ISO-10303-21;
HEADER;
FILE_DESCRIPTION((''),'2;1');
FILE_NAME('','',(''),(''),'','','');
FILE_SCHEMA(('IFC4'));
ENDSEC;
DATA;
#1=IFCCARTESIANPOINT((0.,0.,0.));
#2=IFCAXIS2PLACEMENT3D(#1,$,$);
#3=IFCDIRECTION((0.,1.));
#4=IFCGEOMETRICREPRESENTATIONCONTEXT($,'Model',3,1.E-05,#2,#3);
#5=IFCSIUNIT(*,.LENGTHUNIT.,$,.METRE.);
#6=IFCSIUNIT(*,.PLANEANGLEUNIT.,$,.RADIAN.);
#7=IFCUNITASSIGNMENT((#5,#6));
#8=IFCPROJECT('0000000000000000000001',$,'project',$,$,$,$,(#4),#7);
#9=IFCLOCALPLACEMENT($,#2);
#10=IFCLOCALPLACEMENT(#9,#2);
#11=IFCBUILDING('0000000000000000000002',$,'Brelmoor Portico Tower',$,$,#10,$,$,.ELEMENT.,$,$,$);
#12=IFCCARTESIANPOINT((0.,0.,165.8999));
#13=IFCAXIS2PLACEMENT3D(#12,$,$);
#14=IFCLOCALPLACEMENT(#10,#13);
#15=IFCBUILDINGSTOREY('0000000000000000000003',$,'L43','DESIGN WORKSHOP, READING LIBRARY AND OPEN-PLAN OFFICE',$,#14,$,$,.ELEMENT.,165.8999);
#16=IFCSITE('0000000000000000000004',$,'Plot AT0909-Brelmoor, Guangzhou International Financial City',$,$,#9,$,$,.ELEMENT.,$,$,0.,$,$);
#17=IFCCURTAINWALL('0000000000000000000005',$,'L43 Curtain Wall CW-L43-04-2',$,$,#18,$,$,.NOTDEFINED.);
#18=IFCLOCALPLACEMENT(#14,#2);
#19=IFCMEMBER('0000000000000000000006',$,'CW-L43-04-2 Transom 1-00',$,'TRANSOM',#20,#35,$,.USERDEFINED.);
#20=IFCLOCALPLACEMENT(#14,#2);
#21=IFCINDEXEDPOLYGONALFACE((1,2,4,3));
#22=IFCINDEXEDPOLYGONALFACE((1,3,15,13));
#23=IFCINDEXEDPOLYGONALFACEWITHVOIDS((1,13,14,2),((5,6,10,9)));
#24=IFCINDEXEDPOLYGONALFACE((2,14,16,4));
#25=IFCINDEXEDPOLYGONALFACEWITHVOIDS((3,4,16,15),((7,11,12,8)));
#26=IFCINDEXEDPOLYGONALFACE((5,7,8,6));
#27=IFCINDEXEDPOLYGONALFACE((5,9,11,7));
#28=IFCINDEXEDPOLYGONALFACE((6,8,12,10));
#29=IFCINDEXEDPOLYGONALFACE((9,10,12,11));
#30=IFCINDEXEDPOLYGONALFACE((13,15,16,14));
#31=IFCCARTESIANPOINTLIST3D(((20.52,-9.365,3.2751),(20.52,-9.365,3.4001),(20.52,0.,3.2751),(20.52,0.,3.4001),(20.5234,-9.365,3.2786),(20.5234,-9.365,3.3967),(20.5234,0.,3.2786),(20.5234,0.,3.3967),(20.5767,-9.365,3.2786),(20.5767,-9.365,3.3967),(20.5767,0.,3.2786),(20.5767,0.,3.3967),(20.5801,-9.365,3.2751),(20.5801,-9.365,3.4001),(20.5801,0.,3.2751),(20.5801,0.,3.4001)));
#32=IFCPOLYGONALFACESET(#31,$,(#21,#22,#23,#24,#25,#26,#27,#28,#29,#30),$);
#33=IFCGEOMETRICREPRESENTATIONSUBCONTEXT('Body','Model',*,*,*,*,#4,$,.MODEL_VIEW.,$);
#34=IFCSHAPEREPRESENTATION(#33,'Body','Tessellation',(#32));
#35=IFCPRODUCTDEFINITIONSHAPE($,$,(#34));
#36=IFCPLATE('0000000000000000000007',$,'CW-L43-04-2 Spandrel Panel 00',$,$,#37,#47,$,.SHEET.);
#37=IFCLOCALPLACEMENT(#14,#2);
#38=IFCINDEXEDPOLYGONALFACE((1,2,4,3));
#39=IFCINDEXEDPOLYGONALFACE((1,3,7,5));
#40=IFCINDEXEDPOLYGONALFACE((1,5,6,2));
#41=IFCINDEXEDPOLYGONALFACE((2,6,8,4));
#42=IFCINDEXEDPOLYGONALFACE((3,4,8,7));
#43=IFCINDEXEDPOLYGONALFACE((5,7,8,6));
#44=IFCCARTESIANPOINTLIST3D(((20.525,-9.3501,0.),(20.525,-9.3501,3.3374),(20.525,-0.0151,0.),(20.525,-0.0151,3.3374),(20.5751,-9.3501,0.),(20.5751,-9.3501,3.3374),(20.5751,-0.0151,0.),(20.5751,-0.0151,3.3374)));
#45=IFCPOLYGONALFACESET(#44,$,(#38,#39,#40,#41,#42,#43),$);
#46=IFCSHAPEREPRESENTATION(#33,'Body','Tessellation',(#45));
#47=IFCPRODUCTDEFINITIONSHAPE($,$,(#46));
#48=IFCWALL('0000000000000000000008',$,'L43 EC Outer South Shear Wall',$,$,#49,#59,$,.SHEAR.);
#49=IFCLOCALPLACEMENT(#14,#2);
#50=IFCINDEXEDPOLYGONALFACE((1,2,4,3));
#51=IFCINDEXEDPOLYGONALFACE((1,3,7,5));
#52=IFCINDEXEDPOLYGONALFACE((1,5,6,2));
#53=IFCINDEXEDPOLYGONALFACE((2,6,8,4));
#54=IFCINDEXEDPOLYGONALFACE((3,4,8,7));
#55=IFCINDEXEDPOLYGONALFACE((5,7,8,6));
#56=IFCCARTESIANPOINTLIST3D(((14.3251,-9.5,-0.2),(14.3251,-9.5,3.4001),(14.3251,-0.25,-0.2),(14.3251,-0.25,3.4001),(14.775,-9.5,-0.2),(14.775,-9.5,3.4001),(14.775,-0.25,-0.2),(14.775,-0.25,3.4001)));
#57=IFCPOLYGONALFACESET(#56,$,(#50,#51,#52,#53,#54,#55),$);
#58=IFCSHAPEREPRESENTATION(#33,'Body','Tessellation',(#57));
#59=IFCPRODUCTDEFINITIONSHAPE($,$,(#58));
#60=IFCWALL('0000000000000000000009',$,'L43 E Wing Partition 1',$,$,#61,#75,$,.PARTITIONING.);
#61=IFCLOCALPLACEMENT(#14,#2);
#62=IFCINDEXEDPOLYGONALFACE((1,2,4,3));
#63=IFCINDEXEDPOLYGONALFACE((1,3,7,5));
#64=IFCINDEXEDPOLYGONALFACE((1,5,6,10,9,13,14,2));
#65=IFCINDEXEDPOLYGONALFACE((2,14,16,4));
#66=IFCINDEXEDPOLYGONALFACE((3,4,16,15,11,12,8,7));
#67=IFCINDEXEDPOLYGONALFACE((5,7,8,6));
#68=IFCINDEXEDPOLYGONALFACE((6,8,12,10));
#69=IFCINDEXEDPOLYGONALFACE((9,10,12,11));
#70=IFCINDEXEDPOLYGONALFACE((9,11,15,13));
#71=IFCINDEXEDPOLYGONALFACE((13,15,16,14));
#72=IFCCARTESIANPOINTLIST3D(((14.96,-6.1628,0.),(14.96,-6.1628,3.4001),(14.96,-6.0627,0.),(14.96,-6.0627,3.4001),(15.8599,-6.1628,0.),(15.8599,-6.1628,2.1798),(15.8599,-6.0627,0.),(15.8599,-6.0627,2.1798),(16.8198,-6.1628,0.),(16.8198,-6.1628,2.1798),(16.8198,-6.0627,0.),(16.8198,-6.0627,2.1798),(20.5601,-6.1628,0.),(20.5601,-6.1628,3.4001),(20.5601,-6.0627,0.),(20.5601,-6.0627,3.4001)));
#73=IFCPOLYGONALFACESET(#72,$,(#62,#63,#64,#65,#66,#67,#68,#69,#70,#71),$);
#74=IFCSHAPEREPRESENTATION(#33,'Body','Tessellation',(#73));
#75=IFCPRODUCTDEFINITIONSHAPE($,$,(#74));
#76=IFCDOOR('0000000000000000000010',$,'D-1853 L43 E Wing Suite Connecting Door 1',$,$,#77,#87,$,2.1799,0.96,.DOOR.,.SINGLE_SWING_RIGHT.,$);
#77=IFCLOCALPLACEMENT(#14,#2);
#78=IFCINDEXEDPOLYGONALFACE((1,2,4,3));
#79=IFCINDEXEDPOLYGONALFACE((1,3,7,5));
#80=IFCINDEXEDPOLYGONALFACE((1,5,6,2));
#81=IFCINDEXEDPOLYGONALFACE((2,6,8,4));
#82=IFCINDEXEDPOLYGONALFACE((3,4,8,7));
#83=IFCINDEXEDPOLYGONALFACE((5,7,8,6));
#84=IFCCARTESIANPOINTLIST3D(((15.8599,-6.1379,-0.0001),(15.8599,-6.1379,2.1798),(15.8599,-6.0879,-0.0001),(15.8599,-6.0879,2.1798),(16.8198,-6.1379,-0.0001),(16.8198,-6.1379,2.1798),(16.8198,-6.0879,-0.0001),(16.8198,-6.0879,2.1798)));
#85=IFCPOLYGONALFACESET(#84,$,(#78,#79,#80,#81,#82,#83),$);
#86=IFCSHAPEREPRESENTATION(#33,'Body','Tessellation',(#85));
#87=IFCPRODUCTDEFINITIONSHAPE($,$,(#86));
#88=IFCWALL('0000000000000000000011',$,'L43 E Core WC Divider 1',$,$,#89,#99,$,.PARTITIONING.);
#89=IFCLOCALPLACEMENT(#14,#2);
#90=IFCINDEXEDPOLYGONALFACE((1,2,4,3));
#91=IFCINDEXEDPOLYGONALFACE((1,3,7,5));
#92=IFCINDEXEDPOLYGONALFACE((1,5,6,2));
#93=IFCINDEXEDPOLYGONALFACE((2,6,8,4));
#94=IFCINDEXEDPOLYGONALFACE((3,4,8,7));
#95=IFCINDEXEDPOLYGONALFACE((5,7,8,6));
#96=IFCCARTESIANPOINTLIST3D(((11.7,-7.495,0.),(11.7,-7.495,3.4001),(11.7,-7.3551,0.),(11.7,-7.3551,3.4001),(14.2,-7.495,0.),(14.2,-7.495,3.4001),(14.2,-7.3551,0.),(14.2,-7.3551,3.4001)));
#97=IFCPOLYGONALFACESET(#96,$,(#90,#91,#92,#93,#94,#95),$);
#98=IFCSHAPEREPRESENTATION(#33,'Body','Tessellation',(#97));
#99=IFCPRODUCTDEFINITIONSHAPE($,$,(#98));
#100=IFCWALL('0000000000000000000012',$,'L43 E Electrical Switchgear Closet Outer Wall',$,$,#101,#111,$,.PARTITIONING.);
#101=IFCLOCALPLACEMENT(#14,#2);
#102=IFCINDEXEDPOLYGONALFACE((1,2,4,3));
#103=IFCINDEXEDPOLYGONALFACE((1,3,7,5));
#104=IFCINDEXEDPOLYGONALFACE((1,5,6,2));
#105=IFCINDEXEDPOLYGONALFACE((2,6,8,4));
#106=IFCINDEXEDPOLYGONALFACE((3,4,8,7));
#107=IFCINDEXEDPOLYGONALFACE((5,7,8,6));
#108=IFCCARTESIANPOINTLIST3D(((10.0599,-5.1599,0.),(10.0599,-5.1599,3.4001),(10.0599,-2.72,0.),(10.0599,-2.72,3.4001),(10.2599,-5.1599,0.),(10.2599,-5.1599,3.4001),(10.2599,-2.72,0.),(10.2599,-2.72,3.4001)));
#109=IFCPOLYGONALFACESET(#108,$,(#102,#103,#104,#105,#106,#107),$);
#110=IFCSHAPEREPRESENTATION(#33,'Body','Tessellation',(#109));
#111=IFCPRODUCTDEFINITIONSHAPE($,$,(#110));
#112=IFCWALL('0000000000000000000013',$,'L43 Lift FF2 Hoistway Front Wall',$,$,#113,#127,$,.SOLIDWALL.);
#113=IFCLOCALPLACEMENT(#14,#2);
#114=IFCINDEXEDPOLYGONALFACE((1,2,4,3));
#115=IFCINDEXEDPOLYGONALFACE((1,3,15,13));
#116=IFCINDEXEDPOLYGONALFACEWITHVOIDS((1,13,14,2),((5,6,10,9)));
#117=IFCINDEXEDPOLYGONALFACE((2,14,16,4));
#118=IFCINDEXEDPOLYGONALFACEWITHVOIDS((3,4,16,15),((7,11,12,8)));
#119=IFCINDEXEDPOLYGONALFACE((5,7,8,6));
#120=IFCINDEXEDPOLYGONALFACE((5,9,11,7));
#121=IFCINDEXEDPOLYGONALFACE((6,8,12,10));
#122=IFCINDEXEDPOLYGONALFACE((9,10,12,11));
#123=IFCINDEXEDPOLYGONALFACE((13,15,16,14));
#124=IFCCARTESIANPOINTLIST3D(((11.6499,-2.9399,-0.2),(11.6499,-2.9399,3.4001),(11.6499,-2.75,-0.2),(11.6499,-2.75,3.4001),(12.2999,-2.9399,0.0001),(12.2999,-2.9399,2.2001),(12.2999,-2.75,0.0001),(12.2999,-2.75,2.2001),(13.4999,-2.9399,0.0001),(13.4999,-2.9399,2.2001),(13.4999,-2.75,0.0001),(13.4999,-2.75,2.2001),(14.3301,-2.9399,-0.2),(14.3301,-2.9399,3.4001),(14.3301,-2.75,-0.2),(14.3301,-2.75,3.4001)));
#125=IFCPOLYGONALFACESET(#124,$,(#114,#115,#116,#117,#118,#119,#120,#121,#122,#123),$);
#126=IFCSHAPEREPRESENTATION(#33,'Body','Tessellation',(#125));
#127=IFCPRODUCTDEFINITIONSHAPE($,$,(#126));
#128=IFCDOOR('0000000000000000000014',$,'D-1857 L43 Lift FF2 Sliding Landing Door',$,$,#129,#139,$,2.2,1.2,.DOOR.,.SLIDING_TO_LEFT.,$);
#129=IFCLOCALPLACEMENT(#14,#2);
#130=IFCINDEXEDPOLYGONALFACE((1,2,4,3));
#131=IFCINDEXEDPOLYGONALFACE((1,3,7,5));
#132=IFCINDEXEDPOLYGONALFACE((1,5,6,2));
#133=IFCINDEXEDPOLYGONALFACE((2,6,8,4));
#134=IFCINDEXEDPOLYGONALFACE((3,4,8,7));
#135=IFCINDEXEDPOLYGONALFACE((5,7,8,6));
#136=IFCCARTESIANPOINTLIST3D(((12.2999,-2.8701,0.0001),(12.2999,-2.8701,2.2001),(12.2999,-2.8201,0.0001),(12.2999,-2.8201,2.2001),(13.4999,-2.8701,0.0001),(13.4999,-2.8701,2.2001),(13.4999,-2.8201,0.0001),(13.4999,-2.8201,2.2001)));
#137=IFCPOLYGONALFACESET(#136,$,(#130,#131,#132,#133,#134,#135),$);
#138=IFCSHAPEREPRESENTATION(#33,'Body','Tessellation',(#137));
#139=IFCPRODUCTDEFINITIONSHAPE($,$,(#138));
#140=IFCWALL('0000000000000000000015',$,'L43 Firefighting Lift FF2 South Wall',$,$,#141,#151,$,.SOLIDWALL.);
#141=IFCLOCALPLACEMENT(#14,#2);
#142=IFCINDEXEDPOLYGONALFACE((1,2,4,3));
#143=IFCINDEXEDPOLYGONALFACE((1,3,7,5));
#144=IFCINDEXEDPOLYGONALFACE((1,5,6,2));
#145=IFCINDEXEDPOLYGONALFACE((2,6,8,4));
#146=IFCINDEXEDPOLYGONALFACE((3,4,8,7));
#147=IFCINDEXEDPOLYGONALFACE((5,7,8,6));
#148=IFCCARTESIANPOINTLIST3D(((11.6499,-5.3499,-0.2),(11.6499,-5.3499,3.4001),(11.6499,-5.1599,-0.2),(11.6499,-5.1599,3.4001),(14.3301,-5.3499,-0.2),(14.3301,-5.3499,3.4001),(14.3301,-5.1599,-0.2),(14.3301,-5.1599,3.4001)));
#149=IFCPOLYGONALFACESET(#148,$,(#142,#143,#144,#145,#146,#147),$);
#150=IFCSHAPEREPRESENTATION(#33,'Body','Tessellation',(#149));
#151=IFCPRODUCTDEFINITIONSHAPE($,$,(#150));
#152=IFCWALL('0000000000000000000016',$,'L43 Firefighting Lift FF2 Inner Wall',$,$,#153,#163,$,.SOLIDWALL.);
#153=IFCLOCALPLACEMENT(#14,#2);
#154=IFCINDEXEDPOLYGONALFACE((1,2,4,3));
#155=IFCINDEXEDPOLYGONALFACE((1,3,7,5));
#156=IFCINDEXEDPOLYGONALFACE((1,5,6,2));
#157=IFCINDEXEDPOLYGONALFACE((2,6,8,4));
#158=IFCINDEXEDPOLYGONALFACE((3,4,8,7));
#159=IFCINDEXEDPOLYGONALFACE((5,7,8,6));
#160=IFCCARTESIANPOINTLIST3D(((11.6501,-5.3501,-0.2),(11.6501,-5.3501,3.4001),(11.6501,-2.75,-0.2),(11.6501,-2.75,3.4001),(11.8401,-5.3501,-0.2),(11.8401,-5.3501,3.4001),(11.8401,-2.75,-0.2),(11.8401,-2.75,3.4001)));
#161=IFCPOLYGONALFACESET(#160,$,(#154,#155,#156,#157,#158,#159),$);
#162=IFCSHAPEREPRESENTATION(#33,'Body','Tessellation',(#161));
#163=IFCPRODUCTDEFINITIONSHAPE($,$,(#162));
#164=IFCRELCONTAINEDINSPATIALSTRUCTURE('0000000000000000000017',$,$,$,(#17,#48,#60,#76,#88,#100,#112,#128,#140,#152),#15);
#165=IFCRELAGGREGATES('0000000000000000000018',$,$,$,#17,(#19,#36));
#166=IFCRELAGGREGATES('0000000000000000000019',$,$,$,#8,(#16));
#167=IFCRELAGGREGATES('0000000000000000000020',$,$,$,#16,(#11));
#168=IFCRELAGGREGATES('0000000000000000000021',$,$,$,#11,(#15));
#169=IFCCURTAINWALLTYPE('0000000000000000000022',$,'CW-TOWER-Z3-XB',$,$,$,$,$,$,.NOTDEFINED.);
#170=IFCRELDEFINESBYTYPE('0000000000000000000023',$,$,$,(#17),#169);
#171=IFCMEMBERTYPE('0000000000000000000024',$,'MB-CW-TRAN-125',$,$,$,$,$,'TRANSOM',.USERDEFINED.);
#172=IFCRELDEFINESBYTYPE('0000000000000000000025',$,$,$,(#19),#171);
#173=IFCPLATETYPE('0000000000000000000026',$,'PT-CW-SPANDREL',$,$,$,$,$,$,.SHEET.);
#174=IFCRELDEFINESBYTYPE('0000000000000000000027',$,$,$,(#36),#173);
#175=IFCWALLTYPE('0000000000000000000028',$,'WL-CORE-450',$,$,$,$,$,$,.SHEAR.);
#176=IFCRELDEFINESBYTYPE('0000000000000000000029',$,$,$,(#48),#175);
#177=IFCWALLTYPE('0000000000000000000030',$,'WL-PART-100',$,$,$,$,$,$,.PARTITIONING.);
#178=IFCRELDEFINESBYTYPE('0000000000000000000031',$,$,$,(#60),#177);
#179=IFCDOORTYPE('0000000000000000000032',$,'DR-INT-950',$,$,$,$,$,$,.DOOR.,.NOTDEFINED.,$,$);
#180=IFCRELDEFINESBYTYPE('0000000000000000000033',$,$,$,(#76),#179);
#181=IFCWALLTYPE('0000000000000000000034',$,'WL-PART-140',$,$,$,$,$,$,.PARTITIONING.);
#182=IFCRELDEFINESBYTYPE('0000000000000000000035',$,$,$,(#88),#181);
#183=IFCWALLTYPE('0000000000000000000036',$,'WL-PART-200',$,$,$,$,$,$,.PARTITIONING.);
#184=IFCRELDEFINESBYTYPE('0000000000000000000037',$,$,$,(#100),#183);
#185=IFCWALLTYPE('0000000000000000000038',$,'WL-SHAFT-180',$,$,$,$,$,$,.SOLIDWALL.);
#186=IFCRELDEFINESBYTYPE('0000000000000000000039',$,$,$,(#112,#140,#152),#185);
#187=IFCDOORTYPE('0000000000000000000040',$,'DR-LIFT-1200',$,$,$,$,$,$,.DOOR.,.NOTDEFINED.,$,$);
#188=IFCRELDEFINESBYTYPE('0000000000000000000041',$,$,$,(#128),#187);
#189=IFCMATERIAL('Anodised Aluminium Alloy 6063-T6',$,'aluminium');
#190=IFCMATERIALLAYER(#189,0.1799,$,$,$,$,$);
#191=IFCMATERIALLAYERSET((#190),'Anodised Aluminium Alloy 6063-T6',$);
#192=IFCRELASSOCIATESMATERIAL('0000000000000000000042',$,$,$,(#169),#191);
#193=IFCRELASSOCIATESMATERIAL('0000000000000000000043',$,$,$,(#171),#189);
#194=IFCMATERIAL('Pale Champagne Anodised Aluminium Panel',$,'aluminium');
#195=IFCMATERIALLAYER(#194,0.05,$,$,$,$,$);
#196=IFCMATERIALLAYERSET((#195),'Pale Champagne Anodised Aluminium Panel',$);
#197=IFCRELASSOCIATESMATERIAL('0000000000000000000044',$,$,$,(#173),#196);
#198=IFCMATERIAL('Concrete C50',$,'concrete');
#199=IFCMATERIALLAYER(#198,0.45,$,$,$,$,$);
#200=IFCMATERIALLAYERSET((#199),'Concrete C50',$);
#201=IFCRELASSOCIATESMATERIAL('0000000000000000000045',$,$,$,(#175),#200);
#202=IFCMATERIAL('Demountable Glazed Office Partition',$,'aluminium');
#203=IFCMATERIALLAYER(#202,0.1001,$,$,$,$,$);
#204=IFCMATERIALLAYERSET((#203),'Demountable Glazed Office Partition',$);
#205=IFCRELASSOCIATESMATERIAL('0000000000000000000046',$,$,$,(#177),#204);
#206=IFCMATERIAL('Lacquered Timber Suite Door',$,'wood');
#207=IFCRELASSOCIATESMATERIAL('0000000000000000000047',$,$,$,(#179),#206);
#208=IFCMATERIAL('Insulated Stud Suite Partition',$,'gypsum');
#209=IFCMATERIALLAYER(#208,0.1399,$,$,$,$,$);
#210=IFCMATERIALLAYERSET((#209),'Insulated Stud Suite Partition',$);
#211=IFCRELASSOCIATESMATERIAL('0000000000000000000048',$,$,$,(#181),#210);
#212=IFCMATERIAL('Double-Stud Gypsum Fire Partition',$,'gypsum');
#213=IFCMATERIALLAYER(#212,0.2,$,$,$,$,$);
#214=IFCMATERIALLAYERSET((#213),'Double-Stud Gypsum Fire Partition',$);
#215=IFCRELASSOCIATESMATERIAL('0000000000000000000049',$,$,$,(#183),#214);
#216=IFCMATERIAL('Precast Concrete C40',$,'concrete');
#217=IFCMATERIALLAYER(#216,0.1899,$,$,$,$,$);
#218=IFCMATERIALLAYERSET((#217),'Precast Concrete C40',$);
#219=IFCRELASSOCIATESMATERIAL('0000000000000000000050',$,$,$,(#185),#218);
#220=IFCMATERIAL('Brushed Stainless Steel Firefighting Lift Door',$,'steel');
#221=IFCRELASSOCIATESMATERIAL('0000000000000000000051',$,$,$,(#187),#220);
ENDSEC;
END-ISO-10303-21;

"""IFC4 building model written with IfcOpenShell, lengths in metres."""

from ifc_helpers import new_model, si_unit, direction, frame, frame_2d, origin, origin_2d, place, context, subcontext, project, spatial, rectangle, hollow_rectangle, extrude, material, layer, layer_set, material_profile, profile_set, type_object, element, fill, aggregate, save


model = new_model("IFC4")

# Units and contexts
model_context = context("Model", 3, precision=1e-05, world=origin(), true_north=direction((0.0, 1.0)))
body_context = subcontext(model_context, "Body", "Model", "MODEL_VIEW")
ifc_project = project(units=[si_unit("LENGTHUNIT", "METRE"), si_unit("PLANEANGLEUNIT", "RADIAN")], contexts=[model_context])

# Site, building, storey
site_placement = place(None, origin())
site = spatial("IfcSite", under=ifc_project, at=site_placement, Name="Plot AT0909-Brelmoor, Guangzhou International Financial City", CompositionType="ELEMENT", RefElevation=0.0)
building_placement = place(site_placement, origin())
building = spatial("IfcBuilding", under=site, at=building_placement, Name="Brelmoor Portico Tower", CompositionType="ELEMENT")
storey_placement = place(building_placement, frame((0.0, 0.0, 165.8999)))
storey = spatial("IfcBuildingStorey", under=building, at=storey_placement, Name="L43", Description="DESIGN WORKSHOP, READING LIBRARY AND OPEN-PLAN OFFICE", CompositionType="ELEMENT", Elevation=165.8999)

# Curtain wall, member, plate
ifc_material_1 = material(Name="Anodised Aluminium Alloy 6063-T6", Category="aluminium")
ifc_layer_1 = layer(ifc_material_1, 0.1799)
ifc_layer_set_1 = layer_set([ifc_layer_1], Name="Anodised Aluminium Alloy 6063-T6")
curtain_wall_type = type_object("IfcCurtainWallType", Name="CW-TOWER-Z3-XB", PredefinedType="NOTDEFINED", material=ifc_layer_set_1)
curtain_wall_placement = place(storey_placement, origin())
curtain_wall = element("IfcCurtainWall", 1, at=curtain_wall_placement, inside=storey, type_object=curtain_wall_type, Name="L43 Curtain Wall CW-L43-04-2", PredefinedType="NOTDEFINED")
ifc_material_profile_1 = material_profile(ifc_material_1, hollow_rectangle(XDim=0.0601, YDim=0.125, WallThickness=0.0034, at=origin_2d()), Name="ALU TRANSOM 60x125")
ifc_profile_set_1 = profile_set([ifc_material_profile_1], Name="Anodised Aluminium Alloy 6063-T6")
member_type_1 = type_object("IfcMemberType", Name="MB-CW-TRAN-125", ElementType="TRANSOM", PredefinedType="USERDEFINED", material=ifc_profile_set_1)
member_1_placement = place(storey_placement, frame((20.55, -9.365, 3.3376), z_axis=(0.0, 1.0, 0.0), x_axis=(-1.0, 0.0, 0.0)))
member_1 = element("IfcMember", 2, at=member_1_placement, type_object=member_type_1, Name="CW-L43-04-2 Transom 1-00", ObjectType="TRANSOM", PredefinedType="USERDEFINED", context=body_context, shape_type="SweptSolid", body=[
    extrude(hollow_rectangle(XDim=0.0601, YDim=0.125, WallThickness=0.0034, at=origin_2d()), origin(), (0.0, 0.0, 1.0), 9.365),
])
ifc_material_2 = material(Name="Pale Champagne Anodised Aluminium Panel", Category="aluminium")
ifc_layer_2 = layer(ifc_material_2, 0.05)
ifc_layer_set_2 = layer_set([ifc_layer_2], Name="Pale Champagne Anodised Aluminium Panel")
plate_type = type_object("IfcPlateType", Name="PT-CW-SPANDREL", PredefinedType="SHEET", material=ifc_layer_set_2)
plate_placement = place(storey_placement, frame((20.55, -4.6826, 0.0), z_axis=(0.0, 0.0, 1.0), x_axis=(0.0, 1.0, 0.0)))
plate = element("IfcPlate", 3, at=plate_placement, type_object=plate_type, Name="CW-L43-04-2 Spandrel Panel 00", PredefinedType="SHEET", context=body_context, shape_type="SweptSolid", body=[
    extrude(rectangle(XDim=9.335, YDim=0.05, at=origin_2d()), origin(), (0.0, 0.0, 1.0), 3.3374),
])
aggregate(curtain_wall, [member_1, plate])

# Wall
ifc_material_3 = material(Name="Concrete C50", Category="concrete")
ifc_layer_3 = layer(ifc_material_3, 0.45)
ifc_layer_set_3 = layer_set([ifc_layer_3], Name="Concrete C50")
wall_type_1 = type_object("IfcWallType", Name="WL-CORE-450", PredefinedType="SHEAR", material=ifc_layer_set_3)
wall_1_placement = place(storey_placement, frame((14.55, -9.5, -0.2), z_axis=(0.0, 0.0, 1.0), x_axis=(0.0, 1.0, 0.0)))
element("IfcWall", 4, at=wall_1_placement, inside=storey, type_object=wall_type_1, Name="L43 EC Outer South Shear Wall", PredefinedType="SHEAR", context=body_context, shape_type="SweptSolid", body=[
    extrude(rectangle(XDim=9.25, YDim=0.45, at=frame_2d((4.625, 0.0))), origin(), (0.0, 0.0, 1.0), 3.6001),
])

# Wall, opening, door
ifc_material_4 = material(Name="Demountable Glazed Office Partition", Category="aluminium")
ifc_layer_4 = layer(ifc_material_4, 0.1001)
ifc_layer_set_4 = layer_set([ifc_layer_4], Name="Demountable Glazed Office Partition")
wall_type_2 = type_object("IfcWallType", Name="WL-PART-100", PredefinedType="PARTITIONING", material=ifc_layer_set_4)
wall_2_placement = place(storey_placement, frame((14.96, -6.1128, 0.0), z_axis=(0.0, 0.0, 1.0), x_axis=(1.0, 0.0, 0.0)))
wall_2 = element("IfcWall", 5, at=wall_2_placement, inside=storey, type_object=wall_type_2, Name="L43 E Wing Partition 1", PredefinedType="PARTITIONING", context=body_context, shape_type="SweptSolid", body=[
    extrude(rectangle(XDim=5.6001, YDim=0.1001, at=frame_2d((2.8, 0.0))), origin(), (0.0, 0.0, 1.0), 3.4001),
])
opening_1_placement = place(wall_2_placement, frame((0.8999, 0.0, 0.0)))
opening_1 = element("IfcOpeningElement", 6, at=opening_1_placement, cuts=wall_2, PredefinedType="OPENING", context=body_context, shape_type="SweptSolid", body=[
    extrude(rectangle(XDim=0.96, YDim=2.1799, at=frame_2d((0.48, 1.0898))), frame((0.0, 0.0601, 0.0), z_axis=(0.0, -1.0, 0.0), x_axis=(1.0, 0.0, 0.0)), (0.0, 0.0, 1.0), 0.1201),
])
ifc_material_5 = material(Name="Lacquered Timber Suite Door", Category="wood")
door_type_1 = type_object("IfcDoorType", Name="DR-INT-950", OperationType="NOTDEFINED", PredefinedType="DOOR", material=ifc_material_5)
door_1_placement = place(opening_1_placement, origin())
door_1 = element("IfcDoor", 7, at=door_1_placement, inside=storey, type_object=door_type_1, Name="D-1853 L43 E Wing Suite Connecting Door 1", OperationType="SINGLE_SWING_RIGHT", OverallHeight=2.1799, OverallWidth=0.96, PredefinedType="DOOR", context=body_context, shape_type="SweptSolid", body=[
    extrude(rectangle(XDim=0.96, YDim=2.1799, at=frame_2d((0.48, 1.0898))), frame((0.0, 0.0249, 0.0), z_axis=(0.0, -1.0, 0.0), x_axis=(1.0, 0.0, 0.0)), (0.0, 0.0, 1.0), 0.05),
])
fill(opening_1, door_1)

# Wall
ifc_material_6 = material(Name="Insulated Stud Suite Partition", Category="gypsum")
ifc_layer_5 = layer(ifc_material_6, 0.1399)
ifc_layer_set_5 = layer_set([ifc_layer_5], Name="Insulated Stud Suite Partition")
wall_type_3 = type_object("IfcWallType", Name="WL-PART-140", PredefinedType="PARTITIONING", material=ifc_layer_set_5)
wall_3_placement = place(storey_placement, frame((11.7, -7.425, 0.0), z_axis=(0.0, 0.0, 1.0), x_axis=(1.0, 0.0, 0.0)))
element("IfcWall", 8, at=wall_3_placement, inside=storey, type_object=wall_type_3, Name="L43 E Core WC Divider 1", PredefinedType="PARTITIONING", context=body_context, shape_type="SweptSolid", body=[
    extrude(rectangle(XDim=2.5, YDim=0.1399, at=frame_2d((1.25, 0.0))), origin(), (0.0, 0.0, 1.0), 3.4001),
])

# Shared definitions
ifc_material_7 = material(Name="Double-Stud Gypsum Fire Partition", Category="gypsum")
ifc_layer_6 = layer(ifc_material_7, 0.2)
ifc_layer_set_6 = layer_set([ifc_layer_6], Name="Double-Stud Gypsum Fire Partition")
wall_type_4 = type_object("IfcWallType", Name="WL-PART-200", PredefinedType="PARTITIONING", material=ifc_layer_set_6)

# Wall
wall_4_placement = place(storey_placement, frame((10.1599, -5.1599, 0.0), z_axis=(0.0, 0.0, 1.0), x_axis=(0.0, 1.0, 0.0)))
element("IfcWall", 9, at=wall_4_placement, inside=storey, type_object=wall_type_4, Name="L43 E Electrical Switchgear Closet Outer Wall", PredefinedType="PARTITIONING", context=body_context, shape_type="SweptSolid", body=[
    extrude(rectangle(XDim=2.4399, YDim=0.2, at=frame_2d((1.22, 0.0))), origin(), (0.0, 0.0, 1.0), 3.4001),
])

# Wall, opening, door
ifc_material_8 = material(Name="Precast Concrete C40", Category="concrete")
ifc_layer_7 = layer(ifc_material_8, 0.1899)
ifc_layer_set_7 = layer_set([ifc_layer_7], Name="Precast Concrete C40")
wall_type_5 = type_object("IfcWallType", Name="WL-SHAFT-180", PredefinedType="SOLIDWALL", material=ifc_layer_set_7)
wall_5_placement = place(storey_placement, frame((11.6499, -2.845, -0.2), z_axis=(0.0, 0.0, 1.0), x_axis=(1.0, 0.0, 0.0)))
wall_5 = element("IfcWall", 10, at=wall_5_placement, inside=storey, type_object=wall_type_5, Name="L43 Lift FF2 Hoistway Front Wall", PredefinedType="SOLIDWALL", context=body_context, shape_type="SweptSolid", body=[
    extrude(rectangle(XDim=2.6802, YDim=0.1899, at=frame_2d((1.3401, 0.0))), origin(), (0.0, 0.0, 1.0), 3.6001),
])
opening_2_placement = place(wall_5_placement, frame((0.6499, 0.0, 0.2)))
opening_2 = element("IfcOpeningElement", 11, at=opening_2_placement, cuts=wall_5, PredefinedType="OPENING", context=body_context, shape_type="SweptSolid", body=[
    extrude(rectangle(XDim=1.2, YDim=2.2, at=frame_2d((0.6001, 1.1001))), frame((0.0, 0.105, 0.0), z_axis=(0.0, -1.0, 0.0), x_axis=(1.0, 0.0, 0.0)), (0.0, 0.0, 1.0), 0.21),
])
ifc_material_9 = material(Name="Brushed Stainless Steel Firefighting Lift Door", Category="steel")
door_type_2 = type_object("IfcDoorType", Name="DR-LIFT-1200", OperationType="NOTDEFINED", PredefinedType="DOOR", material=ifc_material_9)
door_2_placement = place(opening_2_placement, origin())
door_2 = element("IfcDoor", 12, at=door_2_placement, inside=storey, type_object=door_type_2, Name="D-1857 L43 Lift FF2 Sliding Landing Door", OperationType="SLIDING_TO_LEFT", OverallHeight=2.2, OverallWidth=1.2, PredefinedType="DOOR", context=body_context, shape_type="SweptSolid", body=[
    extrude(rectangle(XDim=1.2, YDim=2.2, at=frame_2d((0.6001, 1.1001))), frame((0.0, 0.0249, 0.0), z_axis=(0.0, -1.0, 0.0), x_axis=(1.0, 0.0, 0.0)), (0.0, 0.0, 1.0), 0.05),
])
fill(opening_2, door_2)

# Walls
wall_6_placement = place(storey_placement, frame((11.6499, -5.2549, -0.2), z_axis=(0.0, 0.0, 1.0), x_axis=(1.0, 0.0, 0.0)))
element("IfcWall", 13, at=wall_6_placement, inside=storey, type_object=wall_type_5, Name="L43 Firefighting Lift FF2 South Wall", PredefinedType="SOLIDWALL", context=body_context, shape_type="SweptSolid", body=[
    extrude(rectangle(XDim=2.6802, YDim=0.1899, at=frame_2d((1.3401, 0.0))), origin(), (0.0, 0.0, 1.0), 3.6001),
])
wall_7_placement = place(storey_placement, frame((11.7451, -5.3501, -0.2), z_axis=(0.0, 0.0, 1.0), x_axis=(0.0, 1.0, 0.0)))
element("IfcWall", 14, at=wall_7_placement, inside=storey, type_object=wall_type_5, Name="L43 Firefighting Lift FF2 Inner Wall", PredefinedType="SOLIDWALL", context=body_context, shape_type="SweptSolid", body=[
    extrude(rectangle(XDim=2.6001, YDim=0.1899, at=frame_2d((1.3, 0.0))), origin(), (0.0, 0.0, 1.0), 3.6001),
])

save(model, "model.ifc")
